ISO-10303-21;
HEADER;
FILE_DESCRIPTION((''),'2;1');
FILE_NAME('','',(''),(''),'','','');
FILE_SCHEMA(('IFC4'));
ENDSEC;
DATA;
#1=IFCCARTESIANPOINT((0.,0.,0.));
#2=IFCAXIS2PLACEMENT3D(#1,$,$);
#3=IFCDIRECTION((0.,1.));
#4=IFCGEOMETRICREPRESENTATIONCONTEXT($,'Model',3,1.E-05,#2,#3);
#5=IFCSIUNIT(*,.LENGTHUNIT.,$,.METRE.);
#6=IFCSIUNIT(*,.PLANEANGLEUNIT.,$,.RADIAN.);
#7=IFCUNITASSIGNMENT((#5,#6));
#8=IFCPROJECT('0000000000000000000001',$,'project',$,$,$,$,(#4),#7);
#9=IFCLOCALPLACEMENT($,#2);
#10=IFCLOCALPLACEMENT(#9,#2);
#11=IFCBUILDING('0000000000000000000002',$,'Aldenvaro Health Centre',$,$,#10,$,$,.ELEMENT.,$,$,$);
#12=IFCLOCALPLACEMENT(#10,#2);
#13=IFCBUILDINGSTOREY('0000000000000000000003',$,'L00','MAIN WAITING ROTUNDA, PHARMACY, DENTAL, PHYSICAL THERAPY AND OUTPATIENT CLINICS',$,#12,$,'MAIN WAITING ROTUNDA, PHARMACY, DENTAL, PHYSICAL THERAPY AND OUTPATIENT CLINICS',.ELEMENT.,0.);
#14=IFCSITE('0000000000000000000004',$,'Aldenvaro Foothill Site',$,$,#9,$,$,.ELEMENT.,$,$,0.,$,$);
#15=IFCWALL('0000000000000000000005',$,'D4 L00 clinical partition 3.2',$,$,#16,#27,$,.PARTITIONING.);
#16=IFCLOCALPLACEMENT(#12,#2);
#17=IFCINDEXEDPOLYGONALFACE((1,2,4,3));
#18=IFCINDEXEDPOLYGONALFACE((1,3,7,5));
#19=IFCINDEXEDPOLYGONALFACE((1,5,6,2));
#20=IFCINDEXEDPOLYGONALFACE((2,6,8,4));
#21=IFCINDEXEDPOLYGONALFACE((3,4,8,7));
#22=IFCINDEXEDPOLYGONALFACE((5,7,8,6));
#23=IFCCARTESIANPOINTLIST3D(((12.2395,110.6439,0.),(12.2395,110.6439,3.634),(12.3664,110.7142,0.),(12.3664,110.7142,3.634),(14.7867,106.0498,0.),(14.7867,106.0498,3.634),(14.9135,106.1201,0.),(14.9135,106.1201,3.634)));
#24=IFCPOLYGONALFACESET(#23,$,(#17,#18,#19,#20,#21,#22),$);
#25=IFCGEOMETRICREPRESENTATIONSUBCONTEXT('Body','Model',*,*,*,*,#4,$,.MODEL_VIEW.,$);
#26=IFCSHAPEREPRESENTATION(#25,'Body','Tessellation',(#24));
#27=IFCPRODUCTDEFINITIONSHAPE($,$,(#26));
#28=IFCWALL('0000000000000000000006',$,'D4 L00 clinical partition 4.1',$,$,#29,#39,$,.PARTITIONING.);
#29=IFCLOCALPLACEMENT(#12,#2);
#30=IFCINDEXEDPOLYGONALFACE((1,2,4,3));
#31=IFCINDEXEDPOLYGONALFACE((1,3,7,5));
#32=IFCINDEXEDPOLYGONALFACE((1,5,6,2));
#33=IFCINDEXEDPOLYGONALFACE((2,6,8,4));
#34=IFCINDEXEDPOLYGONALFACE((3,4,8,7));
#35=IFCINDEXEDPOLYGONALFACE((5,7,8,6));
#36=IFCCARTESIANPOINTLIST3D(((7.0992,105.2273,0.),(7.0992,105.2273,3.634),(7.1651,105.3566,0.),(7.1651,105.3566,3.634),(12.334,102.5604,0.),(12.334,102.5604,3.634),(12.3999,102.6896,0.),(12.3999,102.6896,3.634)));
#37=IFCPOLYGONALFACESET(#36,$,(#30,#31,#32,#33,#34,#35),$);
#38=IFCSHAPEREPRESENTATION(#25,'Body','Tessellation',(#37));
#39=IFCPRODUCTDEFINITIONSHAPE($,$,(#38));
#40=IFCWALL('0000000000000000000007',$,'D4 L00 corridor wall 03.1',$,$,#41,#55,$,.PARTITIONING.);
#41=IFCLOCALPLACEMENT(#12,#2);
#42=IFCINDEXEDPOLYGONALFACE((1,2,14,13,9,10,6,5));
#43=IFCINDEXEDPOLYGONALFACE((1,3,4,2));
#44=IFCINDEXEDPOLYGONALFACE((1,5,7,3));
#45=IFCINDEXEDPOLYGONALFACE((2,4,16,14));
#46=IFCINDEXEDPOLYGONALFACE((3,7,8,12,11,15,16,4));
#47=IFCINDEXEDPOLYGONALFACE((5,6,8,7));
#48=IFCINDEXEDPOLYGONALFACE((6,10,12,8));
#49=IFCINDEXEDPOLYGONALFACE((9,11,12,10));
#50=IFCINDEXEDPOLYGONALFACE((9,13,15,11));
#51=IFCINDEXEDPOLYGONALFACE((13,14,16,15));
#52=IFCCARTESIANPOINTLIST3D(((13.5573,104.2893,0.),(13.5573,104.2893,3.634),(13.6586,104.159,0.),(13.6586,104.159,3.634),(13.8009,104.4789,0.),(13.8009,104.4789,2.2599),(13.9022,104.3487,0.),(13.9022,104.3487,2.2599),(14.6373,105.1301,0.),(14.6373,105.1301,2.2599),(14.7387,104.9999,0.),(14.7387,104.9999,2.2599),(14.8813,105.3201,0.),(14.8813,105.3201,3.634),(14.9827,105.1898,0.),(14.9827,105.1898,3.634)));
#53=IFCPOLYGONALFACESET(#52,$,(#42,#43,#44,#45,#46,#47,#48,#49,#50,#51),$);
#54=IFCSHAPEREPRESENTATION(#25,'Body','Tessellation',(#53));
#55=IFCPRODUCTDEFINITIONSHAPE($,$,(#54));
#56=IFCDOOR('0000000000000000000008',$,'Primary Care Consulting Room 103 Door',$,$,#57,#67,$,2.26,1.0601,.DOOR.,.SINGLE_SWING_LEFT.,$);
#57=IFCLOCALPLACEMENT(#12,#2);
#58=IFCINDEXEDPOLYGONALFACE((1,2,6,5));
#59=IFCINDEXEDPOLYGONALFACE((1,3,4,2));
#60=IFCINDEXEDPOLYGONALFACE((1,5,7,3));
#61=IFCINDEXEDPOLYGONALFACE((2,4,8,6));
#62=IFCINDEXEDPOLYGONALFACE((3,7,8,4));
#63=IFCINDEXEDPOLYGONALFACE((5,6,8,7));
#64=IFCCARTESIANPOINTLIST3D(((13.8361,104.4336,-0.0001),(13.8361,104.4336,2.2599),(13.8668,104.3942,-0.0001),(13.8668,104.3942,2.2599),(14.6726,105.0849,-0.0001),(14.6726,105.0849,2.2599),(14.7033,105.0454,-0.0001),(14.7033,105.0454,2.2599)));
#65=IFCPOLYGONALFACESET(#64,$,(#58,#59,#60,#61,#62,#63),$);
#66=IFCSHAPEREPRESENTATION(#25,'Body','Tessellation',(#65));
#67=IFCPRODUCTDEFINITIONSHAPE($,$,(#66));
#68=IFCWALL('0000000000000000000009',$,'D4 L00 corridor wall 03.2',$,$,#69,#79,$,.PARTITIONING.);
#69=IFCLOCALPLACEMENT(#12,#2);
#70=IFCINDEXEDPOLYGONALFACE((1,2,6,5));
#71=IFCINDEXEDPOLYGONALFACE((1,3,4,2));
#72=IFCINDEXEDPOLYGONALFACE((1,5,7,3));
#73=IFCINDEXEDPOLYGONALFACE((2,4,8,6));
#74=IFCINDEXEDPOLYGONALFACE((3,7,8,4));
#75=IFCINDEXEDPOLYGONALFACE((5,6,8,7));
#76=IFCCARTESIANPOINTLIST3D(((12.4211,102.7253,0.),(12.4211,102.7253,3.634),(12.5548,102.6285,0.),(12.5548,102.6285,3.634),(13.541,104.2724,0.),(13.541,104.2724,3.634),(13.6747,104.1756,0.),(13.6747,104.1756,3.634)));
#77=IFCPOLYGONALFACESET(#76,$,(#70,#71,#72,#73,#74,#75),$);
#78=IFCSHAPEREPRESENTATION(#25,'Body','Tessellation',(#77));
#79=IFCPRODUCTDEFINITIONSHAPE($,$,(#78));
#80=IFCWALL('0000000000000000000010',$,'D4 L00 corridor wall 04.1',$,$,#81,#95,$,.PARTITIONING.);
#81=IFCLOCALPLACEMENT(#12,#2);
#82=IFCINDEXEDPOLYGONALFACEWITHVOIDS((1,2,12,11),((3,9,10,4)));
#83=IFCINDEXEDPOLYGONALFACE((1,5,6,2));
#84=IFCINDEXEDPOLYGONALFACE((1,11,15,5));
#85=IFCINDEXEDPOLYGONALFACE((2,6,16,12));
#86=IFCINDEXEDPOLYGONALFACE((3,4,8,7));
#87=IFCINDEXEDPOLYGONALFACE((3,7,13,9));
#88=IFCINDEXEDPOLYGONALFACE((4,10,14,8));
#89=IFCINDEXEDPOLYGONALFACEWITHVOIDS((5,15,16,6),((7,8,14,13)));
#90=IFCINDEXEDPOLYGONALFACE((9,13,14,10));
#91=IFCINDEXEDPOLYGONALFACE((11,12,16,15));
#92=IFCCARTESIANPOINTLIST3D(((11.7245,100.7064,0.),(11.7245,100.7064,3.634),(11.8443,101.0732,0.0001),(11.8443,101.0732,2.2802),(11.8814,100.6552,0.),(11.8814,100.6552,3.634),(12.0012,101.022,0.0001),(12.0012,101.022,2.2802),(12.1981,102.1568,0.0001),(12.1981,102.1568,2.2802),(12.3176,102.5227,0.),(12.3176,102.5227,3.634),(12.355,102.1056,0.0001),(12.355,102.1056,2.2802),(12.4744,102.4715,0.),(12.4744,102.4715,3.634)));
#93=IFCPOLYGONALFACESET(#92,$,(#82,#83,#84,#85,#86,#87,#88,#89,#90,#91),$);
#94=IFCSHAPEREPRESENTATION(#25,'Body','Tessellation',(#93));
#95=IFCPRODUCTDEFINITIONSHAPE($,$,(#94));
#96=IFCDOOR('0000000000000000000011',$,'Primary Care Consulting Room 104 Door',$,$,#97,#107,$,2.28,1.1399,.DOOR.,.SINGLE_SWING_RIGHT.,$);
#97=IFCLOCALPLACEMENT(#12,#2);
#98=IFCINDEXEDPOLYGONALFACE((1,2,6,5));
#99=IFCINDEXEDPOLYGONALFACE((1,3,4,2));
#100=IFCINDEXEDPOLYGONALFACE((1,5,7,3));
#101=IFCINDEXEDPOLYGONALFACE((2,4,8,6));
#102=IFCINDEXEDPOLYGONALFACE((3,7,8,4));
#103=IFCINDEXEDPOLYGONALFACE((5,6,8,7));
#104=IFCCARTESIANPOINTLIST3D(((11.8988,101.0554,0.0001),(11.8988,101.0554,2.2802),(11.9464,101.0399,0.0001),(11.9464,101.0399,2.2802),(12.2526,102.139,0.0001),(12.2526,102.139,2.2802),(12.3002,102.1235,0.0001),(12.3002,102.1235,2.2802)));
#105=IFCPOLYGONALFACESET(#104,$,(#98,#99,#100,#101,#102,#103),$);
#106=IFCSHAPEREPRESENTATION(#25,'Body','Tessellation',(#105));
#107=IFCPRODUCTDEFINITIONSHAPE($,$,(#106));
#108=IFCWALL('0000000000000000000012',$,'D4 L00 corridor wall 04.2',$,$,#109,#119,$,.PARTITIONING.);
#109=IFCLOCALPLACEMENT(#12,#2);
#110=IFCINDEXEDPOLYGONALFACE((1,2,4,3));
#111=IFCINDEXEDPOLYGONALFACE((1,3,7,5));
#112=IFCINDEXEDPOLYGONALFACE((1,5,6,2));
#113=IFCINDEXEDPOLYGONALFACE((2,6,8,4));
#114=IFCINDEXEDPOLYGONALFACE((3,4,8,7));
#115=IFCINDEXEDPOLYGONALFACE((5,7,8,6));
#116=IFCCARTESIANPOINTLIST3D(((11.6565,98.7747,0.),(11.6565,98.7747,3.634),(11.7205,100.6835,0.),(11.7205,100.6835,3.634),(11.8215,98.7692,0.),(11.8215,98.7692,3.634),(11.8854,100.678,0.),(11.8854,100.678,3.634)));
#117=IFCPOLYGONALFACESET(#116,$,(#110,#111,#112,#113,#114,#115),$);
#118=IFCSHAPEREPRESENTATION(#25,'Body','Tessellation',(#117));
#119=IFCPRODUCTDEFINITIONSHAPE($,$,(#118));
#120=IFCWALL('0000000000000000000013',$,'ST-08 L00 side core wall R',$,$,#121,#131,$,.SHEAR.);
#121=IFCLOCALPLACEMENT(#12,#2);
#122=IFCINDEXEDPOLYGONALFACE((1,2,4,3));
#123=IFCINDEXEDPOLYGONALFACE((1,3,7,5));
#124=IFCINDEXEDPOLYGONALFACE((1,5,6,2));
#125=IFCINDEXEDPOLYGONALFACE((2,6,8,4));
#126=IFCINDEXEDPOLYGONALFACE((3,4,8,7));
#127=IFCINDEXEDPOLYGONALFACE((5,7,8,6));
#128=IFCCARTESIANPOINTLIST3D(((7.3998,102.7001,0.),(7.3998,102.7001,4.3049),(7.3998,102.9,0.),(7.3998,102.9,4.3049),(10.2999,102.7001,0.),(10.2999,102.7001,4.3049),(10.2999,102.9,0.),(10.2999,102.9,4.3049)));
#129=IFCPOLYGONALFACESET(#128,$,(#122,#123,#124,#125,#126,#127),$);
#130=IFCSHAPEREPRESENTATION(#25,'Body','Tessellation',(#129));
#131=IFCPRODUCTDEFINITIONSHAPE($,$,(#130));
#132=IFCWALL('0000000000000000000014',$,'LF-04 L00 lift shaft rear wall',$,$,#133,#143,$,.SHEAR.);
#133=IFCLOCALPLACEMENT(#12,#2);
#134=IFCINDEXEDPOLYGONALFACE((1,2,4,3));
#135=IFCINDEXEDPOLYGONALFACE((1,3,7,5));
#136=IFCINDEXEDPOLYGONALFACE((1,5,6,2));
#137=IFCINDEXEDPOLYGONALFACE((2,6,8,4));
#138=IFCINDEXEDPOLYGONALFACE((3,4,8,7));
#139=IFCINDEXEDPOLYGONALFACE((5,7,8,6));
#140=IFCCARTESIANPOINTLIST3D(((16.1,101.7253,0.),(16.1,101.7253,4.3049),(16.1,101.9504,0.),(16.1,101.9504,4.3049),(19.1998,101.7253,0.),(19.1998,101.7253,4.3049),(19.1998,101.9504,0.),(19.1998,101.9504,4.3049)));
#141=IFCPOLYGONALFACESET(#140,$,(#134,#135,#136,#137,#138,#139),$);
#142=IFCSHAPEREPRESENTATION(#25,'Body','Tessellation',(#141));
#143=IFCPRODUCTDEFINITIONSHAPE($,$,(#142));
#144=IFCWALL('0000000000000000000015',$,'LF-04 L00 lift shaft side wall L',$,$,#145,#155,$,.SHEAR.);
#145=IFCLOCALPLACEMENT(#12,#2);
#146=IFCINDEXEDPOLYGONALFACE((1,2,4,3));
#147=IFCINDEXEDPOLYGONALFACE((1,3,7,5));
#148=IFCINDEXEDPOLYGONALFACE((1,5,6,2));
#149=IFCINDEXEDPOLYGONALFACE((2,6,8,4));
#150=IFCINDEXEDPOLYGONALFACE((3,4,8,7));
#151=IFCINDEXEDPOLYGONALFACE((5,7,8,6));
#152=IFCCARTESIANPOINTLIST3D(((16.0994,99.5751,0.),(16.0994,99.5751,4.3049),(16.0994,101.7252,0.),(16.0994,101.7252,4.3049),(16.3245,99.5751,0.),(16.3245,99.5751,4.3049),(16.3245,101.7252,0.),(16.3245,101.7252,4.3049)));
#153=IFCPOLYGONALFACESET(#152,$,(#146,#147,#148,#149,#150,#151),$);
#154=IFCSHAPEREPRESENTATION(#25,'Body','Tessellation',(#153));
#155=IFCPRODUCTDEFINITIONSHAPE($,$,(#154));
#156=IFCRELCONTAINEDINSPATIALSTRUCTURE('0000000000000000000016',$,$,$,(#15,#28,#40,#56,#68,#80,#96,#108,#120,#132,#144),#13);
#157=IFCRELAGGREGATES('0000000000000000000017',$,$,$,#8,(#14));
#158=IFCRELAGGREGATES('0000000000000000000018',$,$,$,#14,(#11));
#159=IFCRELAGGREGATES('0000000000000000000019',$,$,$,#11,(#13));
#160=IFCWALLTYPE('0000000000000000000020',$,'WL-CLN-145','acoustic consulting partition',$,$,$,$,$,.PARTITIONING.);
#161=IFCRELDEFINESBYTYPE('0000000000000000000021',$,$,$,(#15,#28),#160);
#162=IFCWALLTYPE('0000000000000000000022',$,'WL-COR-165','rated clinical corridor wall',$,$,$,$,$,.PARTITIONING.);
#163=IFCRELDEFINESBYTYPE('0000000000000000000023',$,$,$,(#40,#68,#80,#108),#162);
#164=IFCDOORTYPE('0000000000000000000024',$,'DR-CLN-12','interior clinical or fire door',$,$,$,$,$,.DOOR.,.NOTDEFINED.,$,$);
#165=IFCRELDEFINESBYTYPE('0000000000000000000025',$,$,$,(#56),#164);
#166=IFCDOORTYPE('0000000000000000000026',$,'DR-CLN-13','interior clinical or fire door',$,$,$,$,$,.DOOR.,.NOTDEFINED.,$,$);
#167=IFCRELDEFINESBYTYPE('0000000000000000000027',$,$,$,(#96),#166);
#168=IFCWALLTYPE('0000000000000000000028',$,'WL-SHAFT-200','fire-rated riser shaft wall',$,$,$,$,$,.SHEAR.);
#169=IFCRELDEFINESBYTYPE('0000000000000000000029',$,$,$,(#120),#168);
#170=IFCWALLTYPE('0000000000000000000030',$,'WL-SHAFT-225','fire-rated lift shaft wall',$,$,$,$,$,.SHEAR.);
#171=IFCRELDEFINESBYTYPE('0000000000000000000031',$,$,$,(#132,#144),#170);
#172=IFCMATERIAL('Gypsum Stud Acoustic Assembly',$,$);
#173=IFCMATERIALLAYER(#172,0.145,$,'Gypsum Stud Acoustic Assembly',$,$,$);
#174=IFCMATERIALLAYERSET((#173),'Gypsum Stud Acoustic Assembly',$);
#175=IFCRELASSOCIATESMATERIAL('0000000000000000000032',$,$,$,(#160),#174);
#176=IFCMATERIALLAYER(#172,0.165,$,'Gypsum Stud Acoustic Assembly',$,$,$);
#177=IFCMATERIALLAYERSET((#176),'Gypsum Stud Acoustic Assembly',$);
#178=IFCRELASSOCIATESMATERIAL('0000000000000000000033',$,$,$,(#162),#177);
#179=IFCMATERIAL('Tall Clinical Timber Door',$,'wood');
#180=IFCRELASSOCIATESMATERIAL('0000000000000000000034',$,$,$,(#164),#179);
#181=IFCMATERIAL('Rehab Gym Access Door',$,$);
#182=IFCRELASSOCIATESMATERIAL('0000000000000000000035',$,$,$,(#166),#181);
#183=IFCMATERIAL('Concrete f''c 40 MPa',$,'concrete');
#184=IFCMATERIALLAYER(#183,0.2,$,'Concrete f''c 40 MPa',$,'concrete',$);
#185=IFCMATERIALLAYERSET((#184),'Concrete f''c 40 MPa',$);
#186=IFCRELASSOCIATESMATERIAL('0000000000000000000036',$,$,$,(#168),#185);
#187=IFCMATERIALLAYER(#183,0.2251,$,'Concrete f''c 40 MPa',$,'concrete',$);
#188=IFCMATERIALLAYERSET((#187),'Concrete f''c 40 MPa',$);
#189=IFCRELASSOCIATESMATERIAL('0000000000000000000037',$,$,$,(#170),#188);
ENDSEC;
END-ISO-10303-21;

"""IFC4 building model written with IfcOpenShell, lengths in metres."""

from ifc_helpers import new_model, si_unit, direction, frame, frame_2d, origin, place, context, subcontext, project, spatial, rectangle, extrude, material, layer, layer_set, type_object, element, fill, save


model = new_model("IFC4")

# Units and contexts
model_context = context("Model", 3, precision=1e-05, world=origin(), true_north=direction((0.0, 1.0)))
body_context = subcontext(model_context, "Body", "Model", "MODEL_VIEW")
ifc_project = project(units=[si_unit("LENGTHUNIT", "METRE"), si_unit("PLANEANGLEUNIT", "RADIAN")], contexts=[model_context])

# Site, building, storey
site_placement = place(None, origin())
site = spatial("IfcSite", under=ifc_project, at=site_placement, Name="Aldenvaro Foothill Site", CompositionType="ELEMENT", RefElevation=0.0)
building_placement = place(site_placement, origin())
building = spatial("IfcBuilding", under=site, at=building_placement, Name="Aldenvaro Health Centre", CompositionType="ELEMENT")
storey_placement = place(building_placement, origin())
storey = spatial("IfcBuildingStorey", under=building, at=storey_placement, Name="L00", Description="MAIN WAITING ROTUNDA, PHARMACY, DENTAL, PHYSICAL THERAPY AND OUTPATIENT CLINICS", LongName="MAIN WAITING ROTUNDA, PHARMACY, DENTAL, PHYSICAL THERAPY AND OUTPATIENT CLINICS", CompositionType="ELEMENT", Elevation=0.0)

# Shared definitions
ifc_material_1 = material(Name="Concrete f'c 40 MPa", Category="concrete")

# Walls
ifc_material_2 = material(Name="Gypsum Stud Acoustic Assembly")
ifc_layer_1 = layer(ifc_material_2, 0.145, Name="Gypsum Stud Acoustic Assembly")
ifc_layer_set_1 = layer_set([ifc_layer_1], Name="Gypsum Stud Acoustic Assembly")
wall_type_1 = type_object("IfcWallType", Name="WL-CLN-145", Description="acoustic consulting partition", PredefinedType="PARTITIONING", material=ifc_layer_set_1)
wall_1_placement = place(storey_placement, frame((14.8501, 106.085, 0.0), z_axis=(0.0, 0.0, 1.0), x_axis=(-0.484901, 0.874569, 0.0)))
element("IfcWall", 1, at=wall_1_placement, inside=storey, type_object=wall_type_1, Name="D4 L00 clinical partition 3.2", PredefinedType="PARTITIONING", context=body_context, shape_type="SweptSolid", body=[
    extrude(rectangle(XDim=5.2529, YDim=0.145, at=frame_2d((2.6265, 0.0))), origin(), (0.0, 0.0, 1.0), 3.634),
])
wall_2_placement = place(storey_placement, frame((12.3669, 102.625, 0.0), z_axis=(0.0, 0.0, 1.0), x_axis=(-0.891027, 0.453949, 0.0)))
element("IfcWall", 2, at=wall_2_placement, inside=storey, type_object=wall_type_1, Name="D4 L00 clinical partition 4.1", PredefinedType="PARTITIONING", context=body_context, shape_type="SweptSolid", body=[
    extrude(rectangle(XDim=5.875, YDim=0.145, at=frame_2d((2.9375, 0.0))), origin(), (0.0, 0.0, 1.0), 3.634),
])

# Wall, opening, door
ifc_layer_2 = layer(ifc_material_2, 0.165, Name="Gypsum Stud Acoustic Assembly")
ifc_layer_set_2 = layer_set([ifc_layer_2], Name="Gypsum Stud Acoustic Assembly")
wall_type_2 = type_object("IfcWallType", Name="WL-COR-165", Description="rated clinical corridor wall", PredefinedType="PARTITIONING", material=ifc_layer_set_2)
wall_3_placement = place(storey_placement, frame((14.9319, 105.2549, 0.0), z_axis=(0.0, 0.0, 1.0), x_axis=(-0.789062, -0.614313, 0.0)))
wall_3 = element("IfcWall", 3, at=wall_3_placement, inside=storey, type_object=wall_type_2, Name="D4 L00 corridor wall 03.1", PredefinedType="PARTITIONING", context=body_context, shape_type="SweptSolid", body=[
    extrude(rectangle(XDim=1.678, YDim=0.165, at=frame_2d((0.8389, 0.0))), origin(), (0.0, 0.0, 1.0), 3.634),
])
opening_1_placement = place(wall_3_placement, frame((0.3091, 0.0, 0.0)))
opening_1 = element("IfcOpeningElement", 4, at=opening_1_placement, cuts=wall_3, PredefinedType="OPENING", context=body_context, shape_type="SweptSolid", body=[
    extrude(rectangle(XDim=1.0601, YDim=2.26, at=frame_2d((0.53, 1.1299))), frame((0.0, 0.0925, 0.0), z_axis=(0.0, -1.0, 0.0), x_axis=(1.0, 0.0, 0.0)), (0.0, 0.0, 1.0), 0.1851),
])
ifc_material_3 = material(Name="Tall Clinical Timber Door", Category="wood")
door_type_1 = type_object("IfcDoorType", Name="DR-CLN-12", Description="interior clinical or fire door", OperationType="NOTDEFINED", PredefinedType="DOOR", material=ifc_material_3)
door_1_placement = place(opening_1_placement, origin())
door_1 = element("IfcDoor", 5, at=door_1_placement, inside=storey, type_object=door_type_1, Name="Primary Care Consulting Room 103 Door", OperationType="SINGLE_SWING_LEFT", OverallHeight=2.26, OverallWidth=1.0601, PredefinedType="DOOR", context=body_context, shape_type="SweptSolid", body=[
    extrude(rectangle(XDim=1.0601, YDim=2.26, at=frame_2d((0.53, 1.1299))), frame((0.0, 0.0249, 0.0), z_axis=(0.0, -1.0, 0.0), x_axis=(1.0, 0.0, 0.0)), (0.0, 0.0, 1.0), 0.05),
])
fill(opening_1, door_1)

# Wall
wall_4_placement = place(storey_placement, frame((13.6079, 104.2241, 0.0), z_axis=(0.0, 0.0, 1.0), x_axis=(-0.586354, -0.810055, 0.0)))
element("IfcWall", 6, at=wall_4_placement, inside=storey, type_object=wall_type_2, Name="D4 L00 corridor wall 03.2", PredefinedType="PARTITIONING", context=body_context, shape_type="SweptSolid", body=[
    extrude(rectangle(XDim=1.9099, YDim=0.165, at=frame_2d((0.9551, 0.0))), origin(), (0.0, 0.0, 1.0), 3.634),
])

# Wall, opening, door
wall_5_placement = place(storey_placement, frame((12.396, 102.4971, 0.0), z_axis=(0.0, 0.0, 1.0), x_axis=(-0.310395, -0.950608, 0.0)))
wall_5 = element("IfcWall", 7, at=wall_5_placement, inside=storey, type_object=wall_type_2, Name="D4 L00 corridor wall 04.1", PredefinedType="PARTITIONING", context=body_context, shape_type="SweptSolid", body=[
    extrude(rectangle(XDim=1.9106, YDim=0.165, at=frame_2d((0.9553, 0.0))), origin(), (0.0, 0.0, 1.0), 3.634),
])
opening_2_placement = place(wall_5_placement, frame((0.385, 0.0, 0.0)))
opening_2 = element("IfcOpeningElement", 8, at=opening_2_placement, cuts=wall_5, PredefinedType="OPENING", context=body_context, shape_type="SweptSolid", body=[
    extrude(rectangle(XDim=1.1399, YDim=2.28, at=frame_2d((0.5698, 1.1401))), frame((0.0, 0.0925, 0.0), z_axis=(0.0, -1.0, 0.0), x_axis=(1.0, 0.0, 0.0)), (0.0, 0.0, 1.0), 0.1851),
])
ifc_material_4 = material(Name="Rehab Gym Access Door")
door_type_2 = type_object("IfcDoorType", Name="DR-CLN-13", Description="interior clinical or fire door", OperationType="NOTDEFINED", PredefinedType="DOOR", material=ifc_material_4)
door_2_placement = place(opening_2_placement, origin())
door_2 = element("IfcDoor", 9, at=door_2_placement, inside=storey, type_object=door_type_2, Name="Primary Care Consulting Room 104 Door", OperationType="SINGLE_SWING_RIGHT", OverallHeight=2.28, OverallWidth=1.1399, PredefinedType="DOOR", context=body_context, shape_type="SweptSolid", body=[
    extrude(rectangle(XDim=1.1399, YDim=2.28, at=frame_2d((0.5698, 1.1401))), frame((0.0, 0.0249, 0.0), z_axis=(0.0, -1.0, 0.0), x_axis=(1.0, 0.0, 0.0)), (0.0, 0.0, 1.0), 0.05),
])
fill(opening_2, door_2)

# Walls
wall_6_placement = place(storey_placement, frame((11.803, 100.6809, 0.0), z_axis=(0.0, 0.0, 1.0), x_axis=(-0.033489, -0.999439, 0.0)))
element("IfcWall", 10, at=wall_6_placement, inside=storey, type_object=wall_type_2, Name="D4 L00 corridor wall 04.2", PredefinedType="PARTITIONING", context=body_context, shape_type="SweptSolid", body=[
    extrude(rectangle(XDim=1.9099, YDim=0.165, at=frame_2d((0.9551, 0.0))), origin(), (0.0, 0.0, 1.0), 3.634),
])
ifc_layer_3 = layer(ifc_material_1, 0.2, Name="Concrete f'c 40 MPa", Category="concrete")
ifc_layer_set_3 = layer_set([ifc_layer_3], Name="Concrete f'c 40 MPa")
wall_type_3 = type_object("IfcWallType", Name="WL-SHAFT-200", Description="fire-rated riser shaft wall", PredefinedType="SHEAR", material=ifc_layer_set_3)
wall_7_placement = place(storey_placement, frame((10.3, 102.8, 0.0), z_axis=(0.0, 0.0, 1.0), x_axis=(-1.0, 0.0, 0.0)))
element("IfcWall", 11, at=wall_7_placement, inside=storey, type_object=wall_type_3, Name="ST-08 L00 side core wall R", PredefinedType="SHEAR", context=body_context, shape_type="SweptSolid", body=[
    extrude(rectangle(XDim=2.9001, YDim=0.2, at=frame_2d((1.4502, 0.0))), origin(), (0.0, 0.0, 1.0), 4.3049),
])
ifc_layer_4 = layer(ifc_material_1, 0.2251, Name="Concrete f'c 40 MPa", Category="concrete")
ifc_layer_set_4 = layer_set([ifc_layer_4], Name="Concrete f'c 40 MPa")
wall_type_4 = type_object("IfcWallType", Name="WL-SHAFT-225", Description="fire-rated lift shaft wall", PredefinedType="SHEAR", material=ifc_layer_set_4)
wall_8_placement = place(storey_placement, frame((16.1001, 101.8379, 0.0), z_axis=(0.0, 0.0, 1.0), x_axis=(1.0, 0.0, 0.0)))
element("IfcWall", 12, at=wall_8_placement, inside=storey, type_object=wall_type_4, Name="LF-04 L00 lift shaft rear wall", PredefinedType="SHEAR", context=body_context, shape_type="SweptSolid", body=[
    extrude(rectangle(XDim=3.0999, YDim=0.2251, at=frame_2d((1.5498, 0.0))), origin(), (0.0, 0.0, 1.0), 4.3049),
])
wall_9_placement = place(storey_placement, frame((16.2119, 99.575, 0.0), z_axis=(0.0, 0.0, 1.0), x_axis=(0.0, 1.0, 0.0)))
element("IfcWall", 13, at=wall_9_placement, inside=storey, type_object=wall_type_4, Name="LF-04 L00 lift shaft side wall L", PredefinedType="SHEAR", context=body_context, shape_type="SweptSolid", body=[
    extrude(rectangle(XDim=2.1501, YDim=0.2251, at=frame_2d((1.0752, 0.0))), origin(), (0.0, 0.0, 1.0), 4.3049),
])

save(model, "model.ifc")
